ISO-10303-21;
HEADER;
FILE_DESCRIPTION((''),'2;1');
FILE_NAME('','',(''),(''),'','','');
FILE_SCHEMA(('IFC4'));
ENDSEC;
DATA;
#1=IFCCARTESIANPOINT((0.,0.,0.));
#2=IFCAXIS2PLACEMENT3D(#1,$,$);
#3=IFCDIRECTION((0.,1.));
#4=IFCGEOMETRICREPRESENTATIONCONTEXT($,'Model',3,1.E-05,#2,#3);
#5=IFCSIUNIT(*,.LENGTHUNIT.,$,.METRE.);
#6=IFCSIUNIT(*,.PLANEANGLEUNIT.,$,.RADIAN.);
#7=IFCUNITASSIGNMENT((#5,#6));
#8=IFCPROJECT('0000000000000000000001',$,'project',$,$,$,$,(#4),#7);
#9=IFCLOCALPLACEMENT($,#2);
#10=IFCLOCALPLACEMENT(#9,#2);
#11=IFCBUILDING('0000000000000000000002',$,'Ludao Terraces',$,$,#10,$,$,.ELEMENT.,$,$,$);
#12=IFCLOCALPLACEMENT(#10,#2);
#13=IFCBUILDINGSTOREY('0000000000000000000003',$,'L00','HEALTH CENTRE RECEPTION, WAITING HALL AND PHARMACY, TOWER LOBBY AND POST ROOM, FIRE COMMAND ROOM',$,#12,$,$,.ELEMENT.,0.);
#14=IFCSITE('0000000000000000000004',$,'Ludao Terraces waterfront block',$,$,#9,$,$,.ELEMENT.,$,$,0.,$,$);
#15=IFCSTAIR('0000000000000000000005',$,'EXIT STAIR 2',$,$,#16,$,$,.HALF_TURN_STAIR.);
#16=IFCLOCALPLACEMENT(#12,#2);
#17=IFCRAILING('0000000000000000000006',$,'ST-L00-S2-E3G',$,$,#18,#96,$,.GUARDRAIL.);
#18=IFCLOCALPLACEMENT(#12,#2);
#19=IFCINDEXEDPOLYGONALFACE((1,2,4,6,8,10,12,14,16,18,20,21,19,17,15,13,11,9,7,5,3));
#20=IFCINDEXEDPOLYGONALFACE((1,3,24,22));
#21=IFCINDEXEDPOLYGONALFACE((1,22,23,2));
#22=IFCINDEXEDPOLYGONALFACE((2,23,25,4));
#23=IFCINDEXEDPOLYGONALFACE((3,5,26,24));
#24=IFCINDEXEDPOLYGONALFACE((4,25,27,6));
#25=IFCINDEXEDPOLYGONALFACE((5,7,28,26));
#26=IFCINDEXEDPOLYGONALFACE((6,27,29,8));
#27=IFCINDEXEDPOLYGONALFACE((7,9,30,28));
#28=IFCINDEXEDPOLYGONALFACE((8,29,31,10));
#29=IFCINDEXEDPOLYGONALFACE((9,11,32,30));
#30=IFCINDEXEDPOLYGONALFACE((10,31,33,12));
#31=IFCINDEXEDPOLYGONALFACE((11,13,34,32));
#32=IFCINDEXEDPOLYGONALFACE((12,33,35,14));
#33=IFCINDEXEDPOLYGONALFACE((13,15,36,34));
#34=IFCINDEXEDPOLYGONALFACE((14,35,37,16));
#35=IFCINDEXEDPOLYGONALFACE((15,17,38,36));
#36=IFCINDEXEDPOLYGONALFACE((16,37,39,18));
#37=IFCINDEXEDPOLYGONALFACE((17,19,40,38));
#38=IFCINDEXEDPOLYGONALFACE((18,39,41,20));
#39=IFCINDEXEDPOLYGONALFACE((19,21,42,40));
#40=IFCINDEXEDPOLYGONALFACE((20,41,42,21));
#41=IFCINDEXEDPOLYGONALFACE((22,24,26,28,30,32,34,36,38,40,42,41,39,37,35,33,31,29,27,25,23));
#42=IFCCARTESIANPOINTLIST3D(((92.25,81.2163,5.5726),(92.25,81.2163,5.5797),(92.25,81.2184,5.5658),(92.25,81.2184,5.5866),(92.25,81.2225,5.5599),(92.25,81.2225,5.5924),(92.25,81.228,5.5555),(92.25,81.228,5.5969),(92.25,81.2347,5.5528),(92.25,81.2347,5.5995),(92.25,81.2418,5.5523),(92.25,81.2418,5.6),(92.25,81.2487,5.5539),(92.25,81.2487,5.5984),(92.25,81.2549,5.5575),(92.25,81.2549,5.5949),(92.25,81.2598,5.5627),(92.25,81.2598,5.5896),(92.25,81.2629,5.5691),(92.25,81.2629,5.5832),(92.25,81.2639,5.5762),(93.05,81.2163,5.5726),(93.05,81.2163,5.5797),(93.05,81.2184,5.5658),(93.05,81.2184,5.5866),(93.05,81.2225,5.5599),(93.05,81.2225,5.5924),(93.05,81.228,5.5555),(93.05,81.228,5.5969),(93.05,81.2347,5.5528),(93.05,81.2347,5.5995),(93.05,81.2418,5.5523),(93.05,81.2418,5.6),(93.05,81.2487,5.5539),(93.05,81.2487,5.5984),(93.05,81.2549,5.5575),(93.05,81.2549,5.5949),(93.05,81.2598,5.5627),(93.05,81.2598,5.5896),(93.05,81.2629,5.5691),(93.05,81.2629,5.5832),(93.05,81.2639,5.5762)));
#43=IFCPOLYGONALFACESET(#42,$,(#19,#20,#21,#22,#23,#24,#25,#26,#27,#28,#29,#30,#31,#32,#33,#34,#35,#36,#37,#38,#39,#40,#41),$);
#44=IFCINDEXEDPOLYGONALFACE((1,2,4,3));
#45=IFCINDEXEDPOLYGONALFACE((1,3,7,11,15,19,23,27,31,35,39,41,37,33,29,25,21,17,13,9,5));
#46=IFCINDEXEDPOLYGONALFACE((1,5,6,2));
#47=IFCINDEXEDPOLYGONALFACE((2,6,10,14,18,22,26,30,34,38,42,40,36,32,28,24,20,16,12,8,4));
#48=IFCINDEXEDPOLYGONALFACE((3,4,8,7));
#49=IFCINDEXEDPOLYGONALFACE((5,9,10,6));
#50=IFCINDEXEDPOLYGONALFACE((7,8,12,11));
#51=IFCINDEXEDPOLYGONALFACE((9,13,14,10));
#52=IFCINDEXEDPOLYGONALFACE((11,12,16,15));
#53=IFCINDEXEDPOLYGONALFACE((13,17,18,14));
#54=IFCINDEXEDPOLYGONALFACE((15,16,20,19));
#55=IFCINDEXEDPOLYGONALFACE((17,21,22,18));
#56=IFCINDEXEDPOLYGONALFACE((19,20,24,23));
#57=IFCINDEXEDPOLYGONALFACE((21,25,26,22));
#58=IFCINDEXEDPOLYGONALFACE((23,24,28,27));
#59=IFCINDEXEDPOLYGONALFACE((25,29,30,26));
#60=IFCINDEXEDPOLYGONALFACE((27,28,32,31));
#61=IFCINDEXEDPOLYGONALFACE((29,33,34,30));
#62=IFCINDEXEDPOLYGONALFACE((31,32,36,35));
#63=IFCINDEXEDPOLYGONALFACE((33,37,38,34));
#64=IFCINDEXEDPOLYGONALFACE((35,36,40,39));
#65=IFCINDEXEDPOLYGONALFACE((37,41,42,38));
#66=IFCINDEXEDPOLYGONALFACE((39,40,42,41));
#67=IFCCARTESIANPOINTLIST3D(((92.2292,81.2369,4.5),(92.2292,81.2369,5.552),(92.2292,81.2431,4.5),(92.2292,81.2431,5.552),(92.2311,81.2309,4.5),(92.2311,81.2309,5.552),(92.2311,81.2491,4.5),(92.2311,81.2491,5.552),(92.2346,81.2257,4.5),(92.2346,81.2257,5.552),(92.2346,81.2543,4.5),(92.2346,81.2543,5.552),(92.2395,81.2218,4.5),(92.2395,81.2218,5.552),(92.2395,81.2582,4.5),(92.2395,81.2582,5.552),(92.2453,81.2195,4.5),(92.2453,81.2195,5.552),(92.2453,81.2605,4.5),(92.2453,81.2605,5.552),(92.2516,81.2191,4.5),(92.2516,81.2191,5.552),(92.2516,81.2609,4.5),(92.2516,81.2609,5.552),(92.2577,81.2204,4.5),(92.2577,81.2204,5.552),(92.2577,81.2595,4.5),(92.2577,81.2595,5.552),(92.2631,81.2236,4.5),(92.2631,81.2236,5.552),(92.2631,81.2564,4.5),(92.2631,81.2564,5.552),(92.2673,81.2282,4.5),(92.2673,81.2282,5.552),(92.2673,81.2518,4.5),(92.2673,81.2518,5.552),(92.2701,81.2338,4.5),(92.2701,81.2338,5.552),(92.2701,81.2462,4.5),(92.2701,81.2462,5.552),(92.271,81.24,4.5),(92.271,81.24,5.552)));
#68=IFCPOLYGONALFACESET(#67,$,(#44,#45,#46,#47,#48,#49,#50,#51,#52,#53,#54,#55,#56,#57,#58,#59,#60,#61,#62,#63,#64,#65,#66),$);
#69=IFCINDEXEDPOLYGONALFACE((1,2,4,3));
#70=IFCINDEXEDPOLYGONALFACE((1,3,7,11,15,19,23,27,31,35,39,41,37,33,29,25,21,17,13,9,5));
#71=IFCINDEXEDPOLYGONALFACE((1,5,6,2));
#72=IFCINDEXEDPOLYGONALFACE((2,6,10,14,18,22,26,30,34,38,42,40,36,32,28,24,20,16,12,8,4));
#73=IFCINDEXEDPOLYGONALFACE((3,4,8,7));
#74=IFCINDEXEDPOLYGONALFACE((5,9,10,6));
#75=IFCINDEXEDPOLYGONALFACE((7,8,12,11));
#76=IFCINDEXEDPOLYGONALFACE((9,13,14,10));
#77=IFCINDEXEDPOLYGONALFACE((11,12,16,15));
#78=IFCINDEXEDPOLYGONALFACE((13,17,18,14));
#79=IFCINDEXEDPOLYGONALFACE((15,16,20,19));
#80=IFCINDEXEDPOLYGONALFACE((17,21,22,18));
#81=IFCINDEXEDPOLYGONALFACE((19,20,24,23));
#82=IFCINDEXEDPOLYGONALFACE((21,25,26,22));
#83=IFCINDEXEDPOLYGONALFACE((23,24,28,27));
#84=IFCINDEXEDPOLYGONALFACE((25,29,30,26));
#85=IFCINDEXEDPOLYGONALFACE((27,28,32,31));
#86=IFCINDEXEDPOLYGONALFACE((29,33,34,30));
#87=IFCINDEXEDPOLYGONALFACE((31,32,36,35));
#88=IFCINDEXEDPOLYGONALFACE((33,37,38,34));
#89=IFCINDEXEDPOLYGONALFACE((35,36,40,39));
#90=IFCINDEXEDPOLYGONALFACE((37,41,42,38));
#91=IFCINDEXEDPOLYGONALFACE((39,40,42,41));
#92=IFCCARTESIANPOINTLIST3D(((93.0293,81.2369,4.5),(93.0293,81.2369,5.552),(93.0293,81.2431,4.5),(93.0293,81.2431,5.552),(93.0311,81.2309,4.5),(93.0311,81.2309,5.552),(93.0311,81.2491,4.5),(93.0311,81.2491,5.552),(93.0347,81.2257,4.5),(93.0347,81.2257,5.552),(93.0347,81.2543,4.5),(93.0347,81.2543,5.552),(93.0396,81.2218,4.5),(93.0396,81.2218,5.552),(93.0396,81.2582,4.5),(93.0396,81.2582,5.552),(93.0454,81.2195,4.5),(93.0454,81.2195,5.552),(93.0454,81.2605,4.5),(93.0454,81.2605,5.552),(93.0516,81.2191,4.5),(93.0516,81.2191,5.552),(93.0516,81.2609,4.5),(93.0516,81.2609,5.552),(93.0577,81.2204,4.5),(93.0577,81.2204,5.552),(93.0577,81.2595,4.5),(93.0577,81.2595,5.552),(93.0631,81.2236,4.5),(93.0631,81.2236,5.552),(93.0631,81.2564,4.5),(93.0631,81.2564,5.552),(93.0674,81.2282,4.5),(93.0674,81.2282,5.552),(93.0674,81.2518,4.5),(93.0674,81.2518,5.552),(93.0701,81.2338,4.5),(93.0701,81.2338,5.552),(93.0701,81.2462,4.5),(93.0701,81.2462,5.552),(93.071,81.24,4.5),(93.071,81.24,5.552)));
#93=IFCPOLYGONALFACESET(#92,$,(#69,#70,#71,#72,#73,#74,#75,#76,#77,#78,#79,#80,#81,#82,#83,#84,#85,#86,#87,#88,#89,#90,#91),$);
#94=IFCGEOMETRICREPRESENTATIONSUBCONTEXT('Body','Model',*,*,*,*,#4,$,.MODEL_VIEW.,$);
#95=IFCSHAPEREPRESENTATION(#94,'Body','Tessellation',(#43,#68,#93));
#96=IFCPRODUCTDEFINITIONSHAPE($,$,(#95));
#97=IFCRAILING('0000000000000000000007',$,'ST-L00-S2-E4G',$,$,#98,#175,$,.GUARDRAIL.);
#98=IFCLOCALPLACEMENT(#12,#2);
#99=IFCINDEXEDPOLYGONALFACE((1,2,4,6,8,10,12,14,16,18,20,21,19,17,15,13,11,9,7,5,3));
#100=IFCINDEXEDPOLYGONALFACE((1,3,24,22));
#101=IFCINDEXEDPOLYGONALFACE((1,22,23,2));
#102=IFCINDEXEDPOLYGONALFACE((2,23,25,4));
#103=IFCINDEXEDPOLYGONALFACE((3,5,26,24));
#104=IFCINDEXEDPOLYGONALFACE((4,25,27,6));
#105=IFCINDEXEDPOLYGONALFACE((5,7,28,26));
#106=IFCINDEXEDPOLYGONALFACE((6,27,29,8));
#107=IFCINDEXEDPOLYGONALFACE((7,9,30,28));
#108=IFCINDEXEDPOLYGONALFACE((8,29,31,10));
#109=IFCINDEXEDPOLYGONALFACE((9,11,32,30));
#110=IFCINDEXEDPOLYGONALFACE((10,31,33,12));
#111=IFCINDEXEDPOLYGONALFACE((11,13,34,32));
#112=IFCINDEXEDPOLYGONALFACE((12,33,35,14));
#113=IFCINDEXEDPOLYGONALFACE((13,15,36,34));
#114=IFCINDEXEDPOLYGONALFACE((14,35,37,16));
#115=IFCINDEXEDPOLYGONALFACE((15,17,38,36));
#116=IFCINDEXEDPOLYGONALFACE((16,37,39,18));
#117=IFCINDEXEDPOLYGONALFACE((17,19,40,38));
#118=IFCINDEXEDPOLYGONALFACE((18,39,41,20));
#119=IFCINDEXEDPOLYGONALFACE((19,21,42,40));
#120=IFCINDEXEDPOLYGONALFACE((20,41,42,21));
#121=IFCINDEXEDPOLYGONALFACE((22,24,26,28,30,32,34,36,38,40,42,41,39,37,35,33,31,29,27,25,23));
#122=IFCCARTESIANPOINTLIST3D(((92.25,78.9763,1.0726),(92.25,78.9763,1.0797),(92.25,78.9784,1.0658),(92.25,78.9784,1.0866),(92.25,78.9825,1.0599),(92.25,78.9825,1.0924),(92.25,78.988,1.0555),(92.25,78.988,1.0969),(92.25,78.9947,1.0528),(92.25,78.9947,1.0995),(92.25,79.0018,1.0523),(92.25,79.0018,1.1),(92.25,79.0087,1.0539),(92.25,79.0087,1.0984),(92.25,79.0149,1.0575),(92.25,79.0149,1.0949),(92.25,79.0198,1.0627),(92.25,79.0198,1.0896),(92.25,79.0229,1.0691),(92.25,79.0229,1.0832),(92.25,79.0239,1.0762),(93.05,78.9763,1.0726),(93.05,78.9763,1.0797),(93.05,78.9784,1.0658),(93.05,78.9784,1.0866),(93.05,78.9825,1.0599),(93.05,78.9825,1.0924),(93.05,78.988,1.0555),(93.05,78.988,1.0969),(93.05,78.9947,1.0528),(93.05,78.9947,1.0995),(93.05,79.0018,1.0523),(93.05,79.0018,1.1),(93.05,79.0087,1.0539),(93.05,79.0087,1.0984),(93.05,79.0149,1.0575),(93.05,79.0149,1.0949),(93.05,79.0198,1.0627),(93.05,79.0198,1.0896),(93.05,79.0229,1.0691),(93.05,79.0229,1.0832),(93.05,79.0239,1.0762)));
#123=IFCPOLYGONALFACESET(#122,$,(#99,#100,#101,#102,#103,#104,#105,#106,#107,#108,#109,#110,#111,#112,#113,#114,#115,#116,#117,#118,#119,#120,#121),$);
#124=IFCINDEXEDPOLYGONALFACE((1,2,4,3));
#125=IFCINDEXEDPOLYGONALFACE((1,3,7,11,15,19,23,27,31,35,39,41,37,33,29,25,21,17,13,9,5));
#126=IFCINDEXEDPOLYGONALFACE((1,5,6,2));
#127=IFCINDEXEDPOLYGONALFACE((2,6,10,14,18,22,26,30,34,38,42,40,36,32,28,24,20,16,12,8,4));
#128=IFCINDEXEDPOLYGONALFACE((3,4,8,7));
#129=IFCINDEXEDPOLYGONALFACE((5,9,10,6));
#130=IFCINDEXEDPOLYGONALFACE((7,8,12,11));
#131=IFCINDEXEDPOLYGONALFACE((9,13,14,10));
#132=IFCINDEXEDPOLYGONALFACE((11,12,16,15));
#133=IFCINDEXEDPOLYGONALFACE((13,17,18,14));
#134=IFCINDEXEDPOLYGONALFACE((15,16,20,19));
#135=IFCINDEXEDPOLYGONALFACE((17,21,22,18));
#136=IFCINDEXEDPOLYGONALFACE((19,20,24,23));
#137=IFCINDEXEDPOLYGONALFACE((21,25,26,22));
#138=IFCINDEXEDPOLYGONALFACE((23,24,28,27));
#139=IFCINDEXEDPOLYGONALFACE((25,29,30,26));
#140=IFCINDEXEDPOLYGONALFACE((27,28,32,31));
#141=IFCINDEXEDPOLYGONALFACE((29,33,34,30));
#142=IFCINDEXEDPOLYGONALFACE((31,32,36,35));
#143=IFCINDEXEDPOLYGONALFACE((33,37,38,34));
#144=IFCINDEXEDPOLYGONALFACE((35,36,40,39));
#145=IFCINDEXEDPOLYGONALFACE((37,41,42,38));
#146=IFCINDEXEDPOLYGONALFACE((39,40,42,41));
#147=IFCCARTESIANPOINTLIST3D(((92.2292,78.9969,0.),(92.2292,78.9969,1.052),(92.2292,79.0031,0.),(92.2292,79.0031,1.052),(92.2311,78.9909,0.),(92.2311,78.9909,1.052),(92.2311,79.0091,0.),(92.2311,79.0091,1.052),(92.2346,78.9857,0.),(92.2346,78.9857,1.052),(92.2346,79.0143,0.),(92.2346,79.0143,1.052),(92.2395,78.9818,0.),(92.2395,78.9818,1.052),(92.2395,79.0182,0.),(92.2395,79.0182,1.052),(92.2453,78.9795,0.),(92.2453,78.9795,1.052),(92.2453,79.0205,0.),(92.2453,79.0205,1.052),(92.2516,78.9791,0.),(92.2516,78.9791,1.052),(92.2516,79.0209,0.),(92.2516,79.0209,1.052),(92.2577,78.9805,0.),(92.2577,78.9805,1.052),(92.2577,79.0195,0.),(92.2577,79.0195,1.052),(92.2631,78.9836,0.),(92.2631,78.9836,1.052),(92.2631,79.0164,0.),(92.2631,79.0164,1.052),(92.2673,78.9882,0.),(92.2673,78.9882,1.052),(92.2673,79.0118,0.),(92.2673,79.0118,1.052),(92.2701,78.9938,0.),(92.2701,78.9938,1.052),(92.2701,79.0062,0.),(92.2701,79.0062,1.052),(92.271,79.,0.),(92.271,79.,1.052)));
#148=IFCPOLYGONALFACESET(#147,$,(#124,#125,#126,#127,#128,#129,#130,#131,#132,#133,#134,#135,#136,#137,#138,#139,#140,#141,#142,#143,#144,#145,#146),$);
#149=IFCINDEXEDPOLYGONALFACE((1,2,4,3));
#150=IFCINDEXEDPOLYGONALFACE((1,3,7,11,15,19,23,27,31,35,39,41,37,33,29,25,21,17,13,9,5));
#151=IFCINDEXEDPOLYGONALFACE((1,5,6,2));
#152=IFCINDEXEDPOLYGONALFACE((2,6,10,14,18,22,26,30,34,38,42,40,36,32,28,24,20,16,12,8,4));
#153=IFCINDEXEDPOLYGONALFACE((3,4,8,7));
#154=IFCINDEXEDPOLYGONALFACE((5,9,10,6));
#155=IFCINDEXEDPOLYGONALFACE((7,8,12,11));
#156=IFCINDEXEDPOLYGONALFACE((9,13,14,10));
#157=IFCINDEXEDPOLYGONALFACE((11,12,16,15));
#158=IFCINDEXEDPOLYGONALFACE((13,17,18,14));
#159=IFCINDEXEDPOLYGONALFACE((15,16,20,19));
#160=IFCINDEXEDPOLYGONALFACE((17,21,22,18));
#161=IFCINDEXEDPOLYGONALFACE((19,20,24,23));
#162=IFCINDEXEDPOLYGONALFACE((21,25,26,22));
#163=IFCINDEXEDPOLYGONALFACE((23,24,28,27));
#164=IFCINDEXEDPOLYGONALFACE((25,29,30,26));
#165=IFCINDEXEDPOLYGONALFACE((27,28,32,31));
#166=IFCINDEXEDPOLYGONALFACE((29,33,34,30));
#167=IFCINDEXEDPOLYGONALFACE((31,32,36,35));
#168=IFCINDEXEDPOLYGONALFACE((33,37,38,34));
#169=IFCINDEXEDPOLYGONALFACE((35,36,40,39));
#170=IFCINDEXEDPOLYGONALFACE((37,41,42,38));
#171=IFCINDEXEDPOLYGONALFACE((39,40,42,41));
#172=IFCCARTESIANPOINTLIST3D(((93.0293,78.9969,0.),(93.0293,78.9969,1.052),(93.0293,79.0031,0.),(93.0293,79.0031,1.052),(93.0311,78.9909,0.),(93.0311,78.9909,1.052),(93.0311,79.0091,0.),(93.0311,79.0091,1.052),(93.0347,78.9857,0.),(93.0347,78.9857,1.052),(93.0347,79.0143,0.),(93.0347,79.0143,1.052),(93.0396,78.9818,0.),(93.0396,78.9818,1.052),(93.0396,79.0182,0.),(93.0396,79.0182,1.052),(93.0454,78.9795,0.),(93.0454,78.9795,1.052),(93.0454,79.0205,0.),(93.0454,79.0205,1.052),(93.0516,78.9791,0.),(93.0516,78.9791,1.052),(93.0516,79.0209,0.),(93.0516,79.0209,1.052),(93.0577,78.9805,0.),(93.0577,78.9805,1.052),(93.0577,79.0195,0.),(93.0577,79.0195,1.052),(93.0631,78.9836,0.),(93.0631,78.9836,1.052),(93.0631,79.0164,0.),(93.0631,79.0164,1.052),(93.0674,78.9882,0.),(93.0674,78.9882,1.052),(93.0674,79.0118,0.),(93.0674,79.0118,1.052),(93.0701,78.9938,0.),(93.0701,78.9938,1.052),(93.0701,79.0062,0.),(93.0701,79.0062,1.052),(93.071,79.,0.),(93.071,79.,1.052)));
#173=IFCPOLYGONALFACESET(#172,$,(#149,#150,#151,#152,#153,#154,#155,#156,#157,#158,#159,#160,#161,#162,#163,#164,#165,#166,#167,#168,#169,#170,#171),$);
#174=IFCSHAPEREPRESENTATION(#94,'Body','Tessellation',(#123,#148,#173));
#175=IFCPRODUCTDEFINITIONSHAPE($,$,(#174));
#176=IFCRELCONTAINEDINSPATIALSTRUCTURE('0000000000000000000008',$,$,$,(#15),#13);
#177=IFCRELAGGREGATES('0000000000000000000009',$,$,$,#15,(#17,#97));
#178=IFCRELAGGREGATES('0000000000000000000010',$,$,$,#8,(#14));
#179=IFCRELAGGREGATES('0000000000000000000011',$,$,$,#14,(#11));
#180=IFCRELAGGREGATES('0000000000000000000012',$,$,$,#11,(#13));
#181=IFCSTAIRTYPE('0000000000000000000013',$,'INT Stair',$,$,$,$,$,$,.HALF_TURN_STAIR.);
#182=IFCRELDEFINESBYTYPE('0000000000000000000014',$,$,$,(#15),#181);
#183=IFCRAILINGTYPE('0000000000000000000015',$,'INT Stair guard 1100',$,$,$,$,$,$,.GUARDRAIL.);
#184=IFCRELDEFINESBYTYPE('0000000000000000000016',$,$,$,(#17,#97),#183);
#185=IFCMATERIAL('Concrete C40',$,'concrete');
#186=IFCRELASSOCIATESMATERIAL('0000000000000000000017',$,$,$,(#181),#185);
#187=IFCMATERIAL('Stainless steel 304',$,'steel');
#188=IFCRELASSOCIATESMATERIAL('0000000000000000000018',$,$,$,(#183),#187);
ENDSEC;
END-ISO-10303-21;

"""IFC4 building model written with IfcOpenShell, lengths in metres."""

from ifc_helpers import new_model, si_unit, direction, frame, origin, origin_2d, place, context, subcontext, project, spatial, circle, extrude, material, type_object, element, aggregate, save


model = new_model("IFC4")

# Units and contexts
model_context = context("Model", 3, precision=1e-05, world=origin(), true_north=direction((0.0, 1.0)))
body_context = subcontext(model_context, "Body", "Model", "MODEL_VIEW")
ifc_project = project(units=[si_unit("LENGTHUNIT", "METRE"), si_unit("PLANEANGLEUNIT", "RADIAN")], contexts=[model_context])

# Site, building, storey
site_placement = place(None, origin())
site = spatial("IfcSite", under=ifc_project, at=site_placement, Name="Ludao Terraces waterfront block", CompositionType="ELEMENT", RefElevation=0.0)
building_placement = place(site_placement, origin())
building = spatial("IfcBuilding", under=site, at=building_placement, Name="Ludao Terraces", CompositionType="ELEMENT")
storey_placement = place(building_placement, origin())
storey = spatial("IfcBuildingStorey", under=building, at=storey_placement, Name="L00", Description="HEALTH CENTRE RECEPTION, WAITING HALL AND PHARMACY, TOWER LOBBY AND POST ROOM, FIRE COMMAND ROOM", CompositionType="ELEMENT", Elevation=0.0)

# Shared definitions
ifc_material_1 = material(Name="Concrete C40", Category="concrete")

# Stair, railings
stair_type = type_object("IfcStairType", Name="INT Stair", PredefinedType="HALF_TURN_STAIR", material=ifc_material_1)
stair_placement = place(storey_placement, origin())
stair = element("IfcStair", 1, at=stair_placement, inside=storey, type_object=stair_type, Name="EXIT STAIR 2", PredefinedType="HALF_TURN_STAIR")
ifc_material_2 = material(Name="Stainless steel 304", Category="steel")
railing_type_1 = type_object("IfcRailingType", Name="INT Stair guard 1100", PredefinedType="GUARDRAIL", material=ifc_material_2)
railing_1_placement = place(storey_placement, frame((92.25, 81.24, 4.5)))
railing_1 = element("IfcRailing", 2, at=railing_1_placement, type_object=railing_type_1, Name="ST-L00-S2-E3G", PredefinedType="GUARDRAIL", context=body_context, shape_type="SweptSolid", body=[
    extrude(circle(Radius=0.0239, at=origin_2d()), frame((0.0, 0.0, 1.0762), z_axis=(1.0, 0.0, 0.0), x_axis=(0.0, 1.0, 0.0)), (0.0, 0.0, 1.0), 0.8),
    extrude(circle(Radius=0.021, at=origin_2d()), origin(), (0.0, 0.0, 1.0), 1.052),
    extrude(circle(Radius=0.021, at=origin_2d()), frame((0.8, 0.0, 0.0)), (0.0, 0.0, 1.0), 1.052),
])
railing_2_placement = place(storey_placement, frame((92.25, 79.0, 0.0)))
railing_2 = element("IfcRailing", 3, at=railing_2_placement, type_object=railing_type_1, Name="ST-L00-S2-E4G", PredefinedType="GUARDRAIL", context=body_context, shape_type="SweptSolid", body=[
    extrude(circle(Radius=0.0239, at=origin_2d()), frame((0.0, 0.0, 1.0762), z_axis=(1.0, 0.0, 0.0), x_axis=(0.0, 1.0, 0.0)), (0.0, 0.0, 1.0), 0.8),
    extrude(circle(Radius=0.021, at=origin_2d()), origin(), (0.0, 0.0, 1.0), 1.052),
    extrude(circle(Radius=0.021, at=origin_2d()), frame((0.8, 0.0, 0.0)), (0.0, 0.0, 1.0), 1.052),
])
aggregate(stair, [railing_1, railing_2])

save(model, "model.ifc")
